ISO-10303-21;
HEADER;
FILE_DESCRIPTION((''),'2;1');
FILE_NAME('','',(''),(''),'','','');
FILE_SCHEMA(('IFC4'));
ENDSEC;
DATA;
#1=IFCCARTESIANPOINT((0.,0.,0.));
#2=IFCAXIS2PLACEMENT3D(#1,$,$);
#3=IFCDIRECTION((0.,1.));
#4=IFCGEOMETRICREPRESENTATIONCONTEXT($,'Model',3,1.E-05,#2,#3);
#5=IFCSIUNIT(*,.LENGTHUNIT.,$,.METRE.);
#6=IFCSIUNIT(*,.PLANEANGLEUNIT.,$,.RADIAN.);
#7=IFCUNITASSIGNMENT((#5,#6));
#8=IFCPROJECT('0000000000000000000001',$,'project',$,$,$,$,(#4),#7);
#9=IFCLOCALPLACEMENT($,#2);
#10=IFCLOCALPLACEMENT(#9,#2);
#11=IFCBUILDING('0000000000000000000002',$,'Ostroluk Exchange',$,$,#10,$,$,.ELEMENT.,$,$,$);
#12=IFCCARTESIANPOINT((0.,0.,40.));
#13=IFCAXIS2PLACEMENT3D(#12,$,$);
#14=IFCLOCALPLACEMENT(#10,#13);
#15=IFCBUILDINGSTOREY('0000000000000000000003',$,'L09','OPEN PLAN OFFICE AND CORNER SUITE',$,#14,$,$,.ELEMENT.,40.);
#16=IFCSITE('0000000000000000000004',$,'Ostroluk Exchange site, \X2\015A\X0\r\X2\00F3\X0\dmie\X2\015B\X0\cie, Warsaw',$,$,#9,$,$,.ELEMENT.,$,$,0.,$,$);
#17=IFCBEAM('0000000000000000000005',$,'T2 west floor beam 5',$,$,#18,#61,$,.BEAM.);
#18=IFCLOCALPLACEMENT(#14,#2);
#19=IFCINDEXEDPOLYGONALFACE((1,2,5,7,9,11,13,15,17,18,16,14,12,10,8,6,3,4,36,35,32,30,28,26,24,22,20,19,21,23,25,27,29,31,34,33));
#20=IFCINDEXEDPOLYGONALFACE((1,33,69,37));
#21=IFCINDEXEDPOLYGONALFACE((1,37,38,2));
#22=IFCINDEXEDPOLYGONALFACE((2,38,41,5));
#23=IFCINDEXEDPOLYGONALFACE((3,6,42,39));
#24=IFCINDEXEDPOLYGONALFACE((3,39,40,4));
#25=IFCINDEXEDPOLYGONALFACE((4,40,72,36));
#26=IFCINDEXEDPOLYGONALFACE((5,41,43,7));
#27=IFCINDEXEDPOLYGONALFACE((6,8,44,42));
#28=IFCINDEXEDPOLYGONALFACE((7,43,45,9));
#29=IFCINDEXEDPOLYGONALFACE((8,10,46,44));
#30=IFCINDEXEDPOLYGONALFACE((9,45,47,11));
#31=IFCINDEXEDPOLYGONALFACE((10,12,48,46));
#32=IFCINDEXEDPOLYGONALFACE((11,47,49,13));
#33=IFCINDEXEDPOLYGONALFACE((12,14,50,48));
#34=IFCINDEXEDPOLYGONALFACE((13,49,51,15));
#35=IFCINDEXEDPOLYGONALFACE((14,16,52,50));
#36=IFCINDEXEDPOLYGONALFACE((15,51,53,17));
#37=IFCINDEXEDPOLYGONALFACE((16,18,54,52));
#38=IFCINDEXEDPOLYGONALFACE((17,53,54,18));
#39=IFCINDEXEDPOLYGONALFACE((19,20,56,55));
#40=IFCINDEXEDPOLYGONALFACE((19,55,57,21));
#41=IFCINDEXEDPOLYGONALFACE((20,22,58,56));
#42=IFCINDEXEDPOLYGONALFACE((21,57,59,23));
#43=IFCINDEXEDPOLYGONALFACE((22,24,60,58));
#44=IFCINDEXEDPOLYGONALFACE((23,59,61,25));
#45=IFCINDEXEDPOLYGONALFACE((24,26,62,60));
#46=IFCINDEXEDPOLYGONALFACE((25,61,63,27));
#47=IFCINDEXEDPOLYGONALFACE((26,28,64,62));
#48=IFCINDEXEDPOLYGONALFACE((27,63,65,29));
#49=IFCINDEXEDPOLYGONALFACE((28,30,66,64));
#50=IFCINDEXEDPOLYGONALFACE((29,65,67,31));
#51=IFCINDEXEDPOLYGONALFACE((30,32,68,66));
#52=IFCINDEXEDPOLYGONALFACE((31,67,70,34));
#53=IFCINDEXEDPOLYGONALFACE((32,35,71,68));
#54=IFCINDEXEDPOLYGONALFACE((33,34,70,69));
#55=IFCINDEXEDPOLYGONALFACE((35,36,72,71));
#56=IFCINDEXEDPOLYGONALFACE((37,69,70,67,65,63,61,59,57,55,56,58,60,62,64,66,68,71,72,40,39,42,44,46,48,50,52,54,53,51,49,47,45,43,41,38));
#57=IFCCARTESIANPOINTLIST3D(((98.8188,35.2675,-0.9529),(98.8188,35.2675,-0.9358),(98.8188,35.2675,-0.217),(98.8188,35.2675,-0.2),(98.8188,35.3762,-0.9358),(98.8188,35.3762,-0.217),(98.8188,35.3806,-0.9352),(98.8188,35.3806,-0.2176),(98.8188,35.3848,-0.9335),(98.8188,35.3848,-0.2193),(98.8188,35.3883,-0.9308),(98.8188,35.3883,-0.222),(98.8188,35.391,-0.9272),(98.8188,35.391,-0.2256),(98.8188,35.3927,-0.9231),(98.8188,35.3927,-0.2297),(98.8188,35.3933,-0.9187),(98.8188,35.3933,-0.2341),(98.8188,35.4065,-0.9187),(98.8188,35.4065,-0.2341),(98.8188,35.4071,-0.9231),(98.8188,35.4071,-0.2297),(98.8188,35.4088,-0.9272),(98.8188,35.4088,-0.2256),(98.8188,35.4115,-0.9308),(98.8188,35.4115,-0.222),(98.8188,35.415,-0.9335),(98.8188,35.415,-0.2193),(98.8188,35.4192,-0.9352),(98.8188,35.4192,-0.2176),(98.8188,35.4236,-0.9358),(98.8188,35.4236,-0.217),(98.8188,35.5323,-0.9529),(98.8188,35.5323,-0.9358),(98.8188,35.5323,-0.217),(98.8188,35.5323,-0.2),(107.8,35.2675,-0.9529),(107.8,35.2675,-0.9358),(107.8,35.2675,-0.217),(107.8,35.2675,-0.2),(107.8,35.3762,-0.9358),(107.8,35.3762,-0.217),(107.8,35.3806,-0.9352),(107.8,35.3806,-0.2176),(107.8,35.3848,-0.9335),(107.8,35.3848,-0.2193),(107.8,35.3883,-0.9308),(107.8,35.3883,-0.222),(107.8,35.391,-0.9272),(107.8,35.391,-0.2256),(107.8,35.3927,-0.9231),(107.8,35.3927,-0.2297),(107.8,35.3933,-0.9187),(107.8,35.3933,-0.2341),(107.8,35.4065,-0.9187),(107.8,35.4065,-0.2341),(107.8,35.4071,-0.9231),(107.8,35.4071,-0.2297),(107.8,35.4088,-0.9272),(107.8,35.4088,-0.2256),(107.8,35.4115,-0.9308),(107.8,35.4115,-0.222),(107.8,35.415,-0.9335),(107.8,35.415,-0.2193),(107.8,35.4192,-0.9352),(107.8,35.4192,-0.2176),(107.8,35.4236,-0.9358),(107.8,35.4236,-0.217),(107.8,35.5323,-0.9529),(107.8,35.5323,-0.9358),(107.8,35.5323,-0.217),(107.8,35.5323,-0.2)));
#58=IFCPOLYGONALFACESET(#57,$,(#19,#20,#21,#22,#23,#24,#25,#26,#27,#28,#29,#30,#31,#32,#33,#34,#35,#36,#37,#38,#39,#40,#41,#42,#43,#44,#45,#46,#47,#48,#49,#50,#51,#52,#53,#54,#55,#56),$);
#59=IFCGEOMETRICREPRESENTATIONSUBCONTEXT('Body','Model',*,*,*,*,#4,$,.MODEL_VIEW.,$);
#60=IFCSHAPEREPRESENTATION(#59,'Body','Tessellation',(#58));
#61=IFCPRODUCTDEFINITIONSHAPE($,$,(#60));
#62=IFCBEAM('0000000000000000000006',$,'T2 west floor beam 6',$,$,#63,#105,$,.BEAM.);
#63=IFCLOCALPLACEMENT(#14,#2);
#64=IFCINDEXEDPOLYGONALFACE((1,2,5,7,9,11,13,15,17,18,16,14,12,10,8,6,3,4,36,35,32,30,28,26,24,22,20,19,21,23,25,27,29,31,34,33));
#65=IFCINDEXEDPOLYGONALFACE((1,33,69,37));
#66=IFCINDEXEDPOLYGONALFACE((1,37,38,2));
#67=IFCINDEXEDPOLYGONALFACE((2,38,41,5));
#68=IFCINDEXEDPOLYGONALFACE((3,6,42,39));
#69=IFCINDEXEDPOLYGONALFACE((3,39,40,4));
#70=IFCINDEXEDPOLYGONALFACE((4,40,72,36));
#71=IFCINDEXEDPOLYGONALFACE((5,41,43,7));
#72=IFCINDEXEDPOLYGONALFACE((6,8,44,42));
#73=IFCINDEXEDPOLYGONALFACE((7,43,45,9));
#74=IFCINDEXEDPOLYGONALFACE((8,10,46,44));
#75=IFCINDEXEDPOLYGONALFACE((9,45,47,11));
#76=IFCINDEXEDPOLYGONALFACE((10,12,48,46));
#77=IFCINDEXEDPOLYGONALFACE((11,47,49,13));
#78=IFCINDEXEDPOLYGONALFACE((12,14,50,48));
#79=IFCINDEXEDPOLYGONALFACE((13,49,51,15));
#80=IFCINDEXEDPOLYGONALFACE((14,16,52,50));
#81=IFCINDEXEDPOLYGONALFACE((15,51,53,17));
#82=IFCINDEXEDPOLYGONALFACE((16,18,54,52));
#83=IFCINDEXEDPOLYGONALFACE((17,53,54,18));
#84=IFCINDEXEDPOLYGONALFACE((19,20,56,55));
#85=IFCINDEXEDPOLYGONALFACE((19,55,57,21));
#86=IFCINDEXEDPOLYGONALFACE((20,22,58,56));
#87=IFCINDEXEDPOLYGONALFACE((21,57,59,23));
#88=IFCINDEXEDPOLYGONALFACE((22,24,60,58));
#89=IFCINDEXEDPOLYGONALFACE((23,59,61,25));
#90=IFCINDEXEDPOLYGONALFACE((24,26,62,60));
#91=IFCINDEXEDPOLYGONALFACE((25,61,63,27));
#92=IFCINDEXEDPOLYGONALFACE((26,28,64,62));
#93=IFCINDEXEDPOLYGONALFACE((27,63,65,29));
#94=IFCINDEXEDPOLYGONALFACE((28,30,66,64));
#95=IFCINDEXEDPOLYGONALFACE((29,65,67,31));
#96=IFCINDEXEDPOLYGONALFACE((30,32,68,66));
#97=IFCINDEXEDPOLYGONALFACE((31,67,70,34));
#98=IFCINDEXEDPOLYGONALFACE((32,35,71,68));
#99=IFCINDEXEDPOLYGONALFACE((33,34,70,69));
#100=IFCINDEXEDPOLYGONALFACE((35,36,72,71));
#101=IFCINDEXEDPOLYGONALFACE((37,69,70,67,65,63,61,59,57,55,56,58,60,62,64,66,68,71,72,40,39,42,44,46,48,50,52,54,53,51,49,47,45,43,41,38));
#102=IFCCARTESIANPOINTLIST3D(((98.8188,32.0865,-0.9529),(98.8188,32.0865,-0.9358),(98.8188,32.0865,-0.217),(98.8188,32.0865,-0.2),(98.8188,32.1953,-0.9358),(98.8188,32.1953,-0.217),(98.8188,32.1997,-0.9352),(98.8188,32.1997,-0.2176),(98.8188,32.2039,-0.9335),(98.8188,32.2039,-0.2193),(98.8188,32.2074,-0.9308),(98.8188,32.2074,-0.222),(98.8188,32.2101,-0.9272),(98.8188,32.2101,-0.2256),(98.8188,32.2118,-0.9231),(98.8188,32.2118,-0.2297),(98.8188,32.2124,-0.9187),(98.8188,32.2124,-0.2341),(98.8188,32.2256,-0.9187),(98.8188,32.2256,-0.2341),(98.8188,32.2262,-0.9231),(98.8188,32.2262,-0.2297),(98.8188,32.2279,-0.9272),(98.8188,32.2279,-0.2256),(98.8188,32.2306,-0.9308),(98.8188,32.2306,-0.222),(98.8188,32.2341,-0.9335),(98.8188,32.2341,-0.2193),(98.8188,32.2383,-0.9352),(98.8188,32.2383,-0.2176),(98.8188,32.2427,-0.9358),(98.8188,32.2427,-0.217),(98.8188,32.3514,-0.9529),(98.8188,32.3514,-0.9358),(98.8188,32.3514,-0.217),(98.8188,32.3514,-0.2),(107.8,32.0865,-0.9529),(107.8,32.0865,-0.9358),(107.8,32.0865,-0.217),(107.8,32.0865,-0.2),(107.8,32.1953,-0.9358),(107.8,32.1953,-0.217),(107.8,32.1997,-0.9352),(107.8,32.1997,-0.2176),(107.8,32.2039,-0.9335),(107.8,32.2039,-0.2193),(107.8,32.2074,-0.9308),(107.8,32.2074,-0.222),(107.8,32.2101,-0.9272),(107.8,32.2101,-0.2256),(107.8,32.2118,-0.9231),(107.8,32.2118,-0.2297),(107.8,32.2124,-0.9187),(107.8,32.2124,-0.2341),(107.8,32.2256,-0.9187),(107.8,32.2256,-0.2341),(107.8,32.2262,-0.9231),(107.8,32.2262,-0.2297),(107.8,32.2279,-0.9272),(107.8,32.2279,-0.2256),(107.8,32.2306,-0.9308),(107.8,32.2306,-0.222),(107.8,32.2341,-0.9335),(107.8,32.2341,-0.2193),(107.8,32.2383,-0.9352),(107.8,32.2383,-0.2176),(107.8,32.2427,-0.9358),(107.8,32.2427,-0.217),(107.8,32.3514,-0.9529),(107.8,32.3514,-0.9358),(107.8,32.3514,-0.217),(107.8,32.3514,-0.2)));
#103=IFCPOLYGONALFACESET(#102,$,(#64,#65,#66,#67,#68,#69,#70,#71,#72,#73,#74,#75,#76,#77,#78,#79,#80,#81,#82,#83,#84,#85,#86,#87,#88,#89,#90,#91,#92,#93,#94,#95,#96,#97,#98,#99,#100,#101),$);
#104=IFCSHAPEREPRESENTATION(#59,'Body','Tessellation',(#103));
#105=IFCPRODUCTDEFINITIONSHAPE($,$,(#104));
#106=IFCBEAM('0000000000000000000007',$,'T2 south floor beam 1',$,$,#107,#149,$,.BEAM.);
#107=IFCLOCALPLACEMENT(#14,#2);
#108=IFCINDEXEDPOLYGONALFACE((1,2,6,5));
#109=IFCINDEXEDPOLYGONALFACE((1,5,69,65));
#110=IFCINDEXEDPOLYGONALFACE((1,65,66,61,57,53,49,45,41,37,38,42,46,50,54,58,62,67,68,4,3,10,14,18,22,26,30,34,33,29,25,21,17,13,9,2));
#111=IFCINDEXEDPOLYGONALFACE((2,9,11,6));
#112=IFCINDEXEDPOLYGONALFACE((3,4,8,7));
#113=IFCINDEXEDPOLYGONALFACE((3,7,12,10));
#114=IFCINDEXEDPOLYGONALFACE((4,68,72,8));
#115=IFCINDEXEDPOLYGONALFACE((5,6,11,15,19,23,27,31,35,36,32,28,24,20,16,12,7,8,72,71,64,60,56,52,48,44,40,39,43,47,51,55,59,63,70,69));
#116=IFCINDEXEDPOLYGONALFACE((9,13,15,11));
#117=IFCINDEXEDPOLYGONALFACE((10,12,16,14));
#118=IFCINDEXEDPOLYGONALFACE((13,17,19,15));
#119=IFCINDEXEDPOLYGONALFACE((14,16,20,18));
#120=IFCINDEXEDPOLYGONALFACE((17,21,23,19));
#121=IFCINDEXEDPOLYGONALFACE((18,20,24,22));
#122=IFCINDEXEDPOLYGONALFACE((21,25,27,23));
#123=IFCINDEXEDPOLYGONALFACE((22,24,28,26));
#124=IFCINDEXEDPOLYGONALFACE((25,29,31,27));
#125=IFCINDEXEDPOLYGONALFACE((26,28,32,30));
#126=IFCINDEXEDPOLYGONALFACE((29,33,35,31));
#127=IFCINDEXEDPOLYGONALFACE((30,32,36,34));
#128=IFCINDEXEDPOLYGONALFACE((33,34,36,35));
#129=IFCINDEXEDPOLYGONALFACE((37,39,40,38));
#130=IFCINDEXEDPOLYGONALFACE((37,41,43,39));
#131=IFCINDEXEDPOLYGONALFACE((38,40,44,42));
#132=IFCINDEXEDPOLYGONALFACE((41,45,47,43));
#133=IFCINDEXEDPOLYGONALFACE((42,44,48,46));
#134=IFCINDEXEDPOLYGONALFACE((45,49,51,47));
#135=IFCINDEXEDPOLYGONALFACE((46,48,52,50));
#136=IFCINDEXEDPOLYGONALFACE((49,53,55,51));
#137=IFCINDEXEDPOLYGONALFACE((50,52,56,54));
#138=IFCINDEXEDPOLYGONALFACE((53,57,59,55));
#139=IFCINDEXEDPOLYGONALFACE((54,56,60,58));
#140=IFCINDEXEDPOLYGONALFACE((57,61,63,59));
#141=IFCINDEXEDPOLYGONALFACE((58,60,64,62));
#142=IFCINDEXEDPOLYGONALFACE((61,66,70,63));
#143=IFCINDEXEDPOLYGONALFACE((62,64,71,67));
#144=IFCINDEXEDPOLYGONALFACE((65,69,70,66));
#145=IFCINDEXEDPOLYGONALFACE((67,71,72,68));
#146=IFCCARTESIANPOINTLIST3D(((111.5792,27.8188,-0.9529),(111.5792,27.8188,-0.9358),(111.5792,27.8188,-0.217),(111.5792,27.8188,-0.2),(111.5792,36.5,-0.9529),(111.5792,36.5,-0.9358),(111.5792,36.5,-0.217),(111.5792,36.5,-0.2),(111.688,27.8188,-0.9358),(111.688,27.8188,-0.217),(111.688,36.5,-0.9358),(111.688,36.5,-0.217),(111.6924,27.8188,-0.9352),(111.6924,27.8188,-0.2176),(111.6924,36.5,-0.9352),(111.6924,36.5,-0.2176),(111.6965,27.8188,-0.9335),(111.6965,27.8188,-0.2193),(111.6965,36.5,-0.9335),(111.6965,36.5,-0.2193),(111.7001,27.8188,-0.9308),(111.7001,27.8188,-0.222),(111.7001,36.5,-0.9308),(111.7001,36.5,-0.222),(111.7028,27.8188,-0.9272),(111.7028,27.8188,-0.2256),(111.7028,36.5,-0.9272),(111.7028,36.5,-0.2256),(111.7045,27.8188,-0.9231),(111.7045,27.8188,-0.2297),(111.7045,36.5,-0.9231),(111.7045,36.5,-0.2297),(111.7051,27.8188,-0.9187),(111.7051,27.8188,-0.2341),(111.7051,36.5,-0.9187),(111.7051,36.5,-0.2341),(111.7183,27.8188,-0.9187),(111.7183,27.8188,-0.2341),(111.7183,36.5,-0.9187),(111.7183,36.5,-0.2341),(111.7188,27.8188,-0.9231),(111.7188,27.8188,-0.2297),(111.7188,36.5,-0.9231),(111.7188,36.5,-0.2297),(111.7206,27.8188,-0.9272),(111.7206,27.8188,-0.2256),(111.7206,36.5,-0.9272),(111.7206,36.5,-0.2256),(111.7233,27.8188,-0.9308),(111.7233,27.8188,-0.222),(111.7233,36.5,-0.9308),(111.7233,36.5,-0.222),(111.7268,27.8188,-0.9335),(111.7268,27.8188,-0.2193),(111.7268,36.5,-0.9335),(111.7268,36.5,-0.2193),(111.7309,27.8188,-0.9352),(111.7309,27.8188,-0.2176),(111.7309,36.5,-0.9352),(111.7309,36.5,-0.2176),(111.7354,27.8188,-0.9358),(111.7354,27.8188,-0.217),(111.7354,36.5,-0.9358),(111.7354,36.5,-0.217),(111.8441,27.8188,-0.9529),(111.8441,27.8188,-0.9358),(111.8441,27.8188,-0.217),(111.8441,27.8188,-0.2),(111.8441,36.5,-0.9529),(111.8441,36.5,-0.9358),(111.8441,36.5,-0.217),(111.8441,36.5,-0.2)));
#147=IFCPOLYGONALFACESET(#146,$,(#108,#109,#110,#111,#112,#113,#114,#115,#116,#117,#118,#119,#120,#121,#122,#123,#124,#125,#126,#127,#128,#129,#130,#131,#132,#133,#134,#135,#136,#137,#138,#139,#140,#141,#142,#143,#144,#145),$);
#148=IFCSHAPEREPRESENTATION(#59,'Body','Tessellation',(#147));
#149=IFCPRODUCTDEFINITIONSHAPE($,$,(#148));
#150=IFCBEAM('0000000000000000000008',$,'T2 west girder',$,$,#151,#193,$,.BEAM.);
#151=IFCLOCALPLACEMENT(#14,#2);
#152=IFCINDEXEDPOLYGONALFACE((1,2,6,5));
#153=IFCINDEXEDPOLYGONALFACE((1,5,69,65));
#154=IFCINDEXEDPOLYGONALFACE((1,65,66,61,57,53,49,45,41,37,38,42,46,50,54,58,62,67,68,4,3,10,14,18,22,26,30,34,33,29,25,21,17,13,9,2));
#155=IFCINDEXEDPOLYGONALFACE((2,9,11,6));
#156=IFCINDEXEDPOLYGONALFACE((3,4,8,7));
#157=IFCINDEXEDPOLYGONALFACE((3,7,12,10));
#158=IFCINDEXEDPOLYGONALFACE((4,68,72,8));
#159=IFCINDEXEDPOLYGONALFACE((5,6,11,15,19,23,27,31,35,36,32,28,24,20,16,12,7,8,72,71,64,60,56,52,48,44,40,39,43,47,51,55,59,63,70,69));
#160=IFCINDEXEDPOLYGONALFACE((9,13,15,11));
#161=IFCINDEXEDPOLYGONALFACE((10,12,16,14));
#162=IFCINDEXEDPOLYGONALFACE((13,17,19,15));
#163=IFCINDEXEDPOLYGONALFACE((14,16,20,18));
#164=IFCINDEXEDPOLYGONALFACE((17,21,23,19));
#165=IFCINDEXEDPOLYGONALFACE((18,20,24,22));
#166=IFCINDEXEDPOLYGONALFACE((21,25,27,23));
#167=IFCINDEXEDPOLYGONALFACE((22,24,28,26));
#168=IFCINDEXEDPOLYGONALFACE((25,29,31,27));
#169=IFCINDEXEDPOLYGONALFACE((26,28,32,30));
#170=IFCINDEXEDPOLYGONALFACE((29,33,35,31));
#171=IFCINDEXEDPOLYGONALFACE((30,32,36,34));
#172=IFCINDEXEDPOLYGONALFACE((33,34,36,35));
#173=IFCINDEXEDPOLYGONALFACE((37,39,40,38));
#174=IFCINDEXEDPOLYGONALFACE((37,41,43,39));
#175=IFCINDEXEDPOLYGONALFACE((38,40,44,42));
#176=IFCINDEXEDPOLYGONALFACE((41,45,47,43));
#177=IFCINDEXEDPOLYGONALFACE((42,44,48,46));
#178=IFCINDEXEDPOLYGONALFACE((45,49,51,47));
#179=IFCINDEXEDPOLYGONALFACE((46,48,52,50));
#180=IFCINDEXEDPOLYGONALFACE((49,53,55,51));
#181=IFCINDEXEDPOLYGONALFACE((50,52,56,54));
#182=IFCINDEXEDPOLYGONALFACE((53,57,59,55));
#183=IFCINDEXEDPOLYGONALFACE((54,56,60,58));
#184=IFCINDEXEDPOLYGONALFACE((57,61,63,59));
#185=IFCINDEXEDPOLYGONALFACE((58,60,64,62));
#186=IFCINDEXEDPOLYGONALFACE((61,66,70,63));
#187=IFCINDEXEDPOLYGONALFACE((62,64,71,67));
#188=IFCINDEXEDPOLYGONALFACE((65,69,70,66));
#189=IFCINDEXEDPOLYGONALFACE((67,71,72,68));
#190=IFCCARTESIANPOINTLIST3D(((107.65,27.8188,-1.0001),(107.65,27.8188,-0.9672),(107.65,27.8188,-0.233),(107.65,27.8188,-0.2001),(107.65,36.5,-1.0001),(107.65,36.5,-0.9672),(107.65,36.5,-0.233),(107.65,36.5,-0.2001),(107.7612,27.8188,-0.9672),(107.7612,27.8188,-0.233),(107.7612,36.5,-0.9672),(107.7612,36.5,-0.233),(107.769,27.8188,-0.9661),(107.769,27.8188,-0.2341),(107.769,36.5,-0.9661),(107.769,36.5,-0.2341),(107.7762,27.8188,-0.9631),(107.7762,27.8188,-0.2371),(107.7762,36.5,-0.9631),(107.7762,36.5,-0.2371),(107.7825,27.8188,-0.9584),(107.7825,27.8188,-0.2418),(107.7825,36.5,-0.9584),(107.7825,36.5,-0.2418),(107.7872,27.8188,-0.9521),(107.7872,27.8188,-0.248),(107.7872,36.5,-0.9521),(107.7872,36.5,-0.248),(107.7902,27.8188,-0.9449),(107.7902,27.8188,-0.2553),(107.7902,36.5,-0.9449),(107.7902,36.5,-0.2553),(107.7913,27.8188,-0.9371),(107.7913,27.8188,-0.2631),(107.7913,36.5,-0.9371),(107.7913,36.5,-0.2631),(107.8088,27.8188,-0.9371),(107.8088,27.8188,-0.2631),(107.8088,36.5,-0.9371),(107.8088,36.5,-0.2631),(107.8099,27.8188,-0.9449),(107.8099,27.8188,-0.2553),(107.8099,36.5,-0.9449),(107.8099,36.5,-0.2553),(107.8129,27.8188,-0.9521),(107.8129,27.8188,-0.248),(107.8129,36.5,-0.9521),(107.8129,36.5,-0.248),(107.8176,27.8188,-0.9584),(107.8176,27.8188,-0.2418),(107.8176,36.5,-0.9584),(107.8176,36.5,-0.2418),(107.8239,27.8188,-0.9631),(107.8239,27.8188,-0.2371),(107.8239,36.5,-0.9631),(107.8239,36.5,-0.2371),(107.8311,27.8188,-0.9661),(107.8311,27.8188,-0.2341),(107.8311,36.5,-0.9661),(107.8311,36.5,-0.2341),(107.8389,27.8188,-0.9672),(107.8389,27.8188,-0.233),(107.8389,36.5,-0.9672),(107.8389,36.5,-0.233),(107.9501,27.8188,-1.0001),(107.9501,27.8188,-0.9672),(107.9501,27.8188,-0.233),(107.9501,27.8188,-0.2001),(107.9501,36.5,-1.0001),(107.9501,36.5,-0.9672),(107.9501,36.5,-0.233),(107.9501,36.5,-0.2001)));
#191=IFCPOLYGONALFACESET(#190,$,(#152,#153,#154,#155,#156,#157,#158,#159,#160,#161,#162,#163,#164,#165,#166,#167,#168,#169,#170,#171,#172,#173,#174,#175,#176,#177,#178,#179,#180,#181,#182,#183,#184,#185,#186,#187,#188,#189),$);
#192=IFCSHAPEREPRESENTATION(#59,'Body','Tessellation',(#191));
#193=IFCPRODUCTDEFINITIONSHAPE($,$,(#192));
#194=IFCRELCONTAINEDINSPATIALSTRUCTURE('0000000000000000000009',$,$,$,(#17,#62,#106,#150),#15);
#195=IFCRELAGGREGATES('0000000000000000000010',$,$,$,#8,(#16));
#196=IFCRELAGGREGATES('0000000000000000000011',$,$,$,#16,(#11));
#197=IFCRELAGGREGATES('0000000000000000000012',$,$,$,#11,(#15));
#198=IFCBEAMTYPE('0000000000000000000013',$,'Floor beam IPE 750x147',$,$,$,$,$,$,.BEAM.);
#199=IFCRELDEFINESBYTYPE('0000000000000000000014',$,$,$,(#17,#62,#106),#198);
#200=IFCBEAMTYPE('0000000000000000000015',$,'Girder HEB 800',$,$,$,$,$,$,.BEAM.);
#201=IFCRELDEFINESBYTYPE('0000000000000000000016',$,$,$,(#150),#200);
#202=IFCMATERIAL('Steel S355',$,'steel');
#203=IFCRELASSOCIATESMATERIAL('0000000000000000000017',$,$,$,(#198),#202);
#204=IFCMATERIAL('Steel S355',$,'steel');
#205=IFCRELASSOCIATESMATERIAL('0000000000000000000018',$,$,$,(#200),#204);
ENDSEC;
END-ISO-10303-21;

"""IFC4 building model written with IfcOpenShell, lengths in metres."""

from ifc_helpers import new_model, si_unit, direction, frame, origin, origin_2d, place, context, subcontext, project, spatial, i_section, extrude, material, material_profile, profile_set, type_object, element, save


model = new_model("IFC4")

# Units and contexts
model_context = context("Model", 3, precision=1e-05, world=origin(), true_north=direction((0.0, 1.0)))
body_context = subcontext(model_context, "Body", "Model", "MODEL_VIEW")
ifc_project = project(units=[si_unit("LENGTHUNIT", "METRE"), si_unit("PLANEANGLEUNIT", "RADIAN")], contexts=[model_context])

# Site, building, storey
site_placement = place(None, origin())
site = spatial("IfcSite", under=ifc_project, at=site_placement, Name="Ostroluk Exchange site, Śródmieście, Warsaw", CompositionType="ELEMENT", RefElevation=0.0)
building_placement = place(site_placement, origin())
building = spatial("IfcBuilding", under=site, at=building_placement, Name="Ostroluk Exchange", CompositionType="ELEMENT")
storey_placement = place(building_placement, frame((0.0, 0.0, 40.0)))
storey = spatial("IfcBuildingStorey", under=building, at=storey_placement, Name="L09", Description="OPEN PLAN OFFICE AND CORNER SUITE", CompositionType="ELEMENT", Elevation=40.0)

# Beams
ifc_material_1 = material(Name="Steel S355", Category="steel")
ifc_material_profile_1 = material_profile(ifc_material_1, i_section(OverallWidth=0.2649, OverallDepth=0.7529, WebThickness=0.0132, FlangeThickness=0.0171, FilletRadius=0.0171, at=origin_2d()), Name="IPE 750x147")
ifc_profile_set_1 = profile_set([ifc_material_profile_1], Name="Steel S355")
beam_type_1 = type_object("IfcBeamType", Name="Floor beam IPE 750x147", PredefinedType="BEAM", material=ifc_profile_set_1)
for number, where, z_axis, x_axis, name in (
    (1, (107.8, 35.3999, -0.5764), (-1.0, 0.0, 0.0), (0.0, -1.0, 0.0), "T2 west floor beam 5"),
    (2, (107.8, 32.219, -0.5764), (-1.0, 0.0, 0.0), (0.0, -1.0, 0.0), "T2 west floor beam 6"),
):
    element("IfcBeam", number, at=place(storey_placement, frame(where, z_axis=z_axis, x_axis=x_axis)), inside=storey, type_object=beam_type_1, Name=name, PredefinedType="BEAM", context=body_context, shape_type="SweptSolid", body=[
        extrude(i_section(OverallWidth=0.2649, OverallDepth=0.7529, WebThickness=0.0132, FlangeThickness=0.0171, FilletRadius=0.0171, at=origin_2d()), origin(), (0.0, 0.0, 1.0), 8.9812),
    ])
beam_1_placement = place(storey_placement, frame((111.7117, 36.5, -0.5764), z_axis=(0.0, -1.0, 0.0), x_axis=(1.0, 0.0, 0.0)))
element("IfcBeam", 3, at=beam_1_placement, inside=storey, type_object=beam_type_1, Name="T2 south floor beam 1", PredefinedType="BEAM", context=body_context, shape_type="SweptSolid", body=[
    extrude(i_section(OverallWidth=0.2649, OverallDepth=0.7529, WebThickness=0.0132, FlangeThickness=0.0171, FilletRadius=0.0171, at=origin_2d()), origin(), (0.0, 0.0, 1.0), 8.6812),
])
ifc_material_2 = material(Name="Steel S355", Category="steel")
ifc_material_profile_2 = material_profile(ifc_material_2, i_section(OverallWidth=0.3, OverallDepth=0.8, WebThickness=0.0176, FlangeThickness=0.033, FilletRadius=0.03, at=origin_2d()), Name="HEB 800")
ifc_profile_set_2 = profile_set([ifc_material_profile_2], Name="Steel S355")
beam_type_2 = type_object("IfcBeamType", Name="Girder HEB 800", PredefinedType="BEAM", material=ifc_profile_set_2)
beam_2_placement = place(storey_placement, frame((107.8, 36.5, -0.6001), z_axis=(0.0, -1.0, 0.0), x_axis=(1.0, 0.0, 0.0)))
element("IfcBeam", 4, at=beam_2_placement, inside=storey, type_object=beam_type_2, Name="T2 west girder", PredefinedType="BEAM", context=body_context, shape_type="SweptSolid", body=[
    extrude(i_section(OverallWidth=0.3, OverallDepth=0.8, WebThickness=0.0176, FlangeThickness=0.033, FilletRadius=0.03, at=origin_2d()), origin(), (0.0, 0.0, 1.0), 8.6812),
])

save(model, "model.ifc")
